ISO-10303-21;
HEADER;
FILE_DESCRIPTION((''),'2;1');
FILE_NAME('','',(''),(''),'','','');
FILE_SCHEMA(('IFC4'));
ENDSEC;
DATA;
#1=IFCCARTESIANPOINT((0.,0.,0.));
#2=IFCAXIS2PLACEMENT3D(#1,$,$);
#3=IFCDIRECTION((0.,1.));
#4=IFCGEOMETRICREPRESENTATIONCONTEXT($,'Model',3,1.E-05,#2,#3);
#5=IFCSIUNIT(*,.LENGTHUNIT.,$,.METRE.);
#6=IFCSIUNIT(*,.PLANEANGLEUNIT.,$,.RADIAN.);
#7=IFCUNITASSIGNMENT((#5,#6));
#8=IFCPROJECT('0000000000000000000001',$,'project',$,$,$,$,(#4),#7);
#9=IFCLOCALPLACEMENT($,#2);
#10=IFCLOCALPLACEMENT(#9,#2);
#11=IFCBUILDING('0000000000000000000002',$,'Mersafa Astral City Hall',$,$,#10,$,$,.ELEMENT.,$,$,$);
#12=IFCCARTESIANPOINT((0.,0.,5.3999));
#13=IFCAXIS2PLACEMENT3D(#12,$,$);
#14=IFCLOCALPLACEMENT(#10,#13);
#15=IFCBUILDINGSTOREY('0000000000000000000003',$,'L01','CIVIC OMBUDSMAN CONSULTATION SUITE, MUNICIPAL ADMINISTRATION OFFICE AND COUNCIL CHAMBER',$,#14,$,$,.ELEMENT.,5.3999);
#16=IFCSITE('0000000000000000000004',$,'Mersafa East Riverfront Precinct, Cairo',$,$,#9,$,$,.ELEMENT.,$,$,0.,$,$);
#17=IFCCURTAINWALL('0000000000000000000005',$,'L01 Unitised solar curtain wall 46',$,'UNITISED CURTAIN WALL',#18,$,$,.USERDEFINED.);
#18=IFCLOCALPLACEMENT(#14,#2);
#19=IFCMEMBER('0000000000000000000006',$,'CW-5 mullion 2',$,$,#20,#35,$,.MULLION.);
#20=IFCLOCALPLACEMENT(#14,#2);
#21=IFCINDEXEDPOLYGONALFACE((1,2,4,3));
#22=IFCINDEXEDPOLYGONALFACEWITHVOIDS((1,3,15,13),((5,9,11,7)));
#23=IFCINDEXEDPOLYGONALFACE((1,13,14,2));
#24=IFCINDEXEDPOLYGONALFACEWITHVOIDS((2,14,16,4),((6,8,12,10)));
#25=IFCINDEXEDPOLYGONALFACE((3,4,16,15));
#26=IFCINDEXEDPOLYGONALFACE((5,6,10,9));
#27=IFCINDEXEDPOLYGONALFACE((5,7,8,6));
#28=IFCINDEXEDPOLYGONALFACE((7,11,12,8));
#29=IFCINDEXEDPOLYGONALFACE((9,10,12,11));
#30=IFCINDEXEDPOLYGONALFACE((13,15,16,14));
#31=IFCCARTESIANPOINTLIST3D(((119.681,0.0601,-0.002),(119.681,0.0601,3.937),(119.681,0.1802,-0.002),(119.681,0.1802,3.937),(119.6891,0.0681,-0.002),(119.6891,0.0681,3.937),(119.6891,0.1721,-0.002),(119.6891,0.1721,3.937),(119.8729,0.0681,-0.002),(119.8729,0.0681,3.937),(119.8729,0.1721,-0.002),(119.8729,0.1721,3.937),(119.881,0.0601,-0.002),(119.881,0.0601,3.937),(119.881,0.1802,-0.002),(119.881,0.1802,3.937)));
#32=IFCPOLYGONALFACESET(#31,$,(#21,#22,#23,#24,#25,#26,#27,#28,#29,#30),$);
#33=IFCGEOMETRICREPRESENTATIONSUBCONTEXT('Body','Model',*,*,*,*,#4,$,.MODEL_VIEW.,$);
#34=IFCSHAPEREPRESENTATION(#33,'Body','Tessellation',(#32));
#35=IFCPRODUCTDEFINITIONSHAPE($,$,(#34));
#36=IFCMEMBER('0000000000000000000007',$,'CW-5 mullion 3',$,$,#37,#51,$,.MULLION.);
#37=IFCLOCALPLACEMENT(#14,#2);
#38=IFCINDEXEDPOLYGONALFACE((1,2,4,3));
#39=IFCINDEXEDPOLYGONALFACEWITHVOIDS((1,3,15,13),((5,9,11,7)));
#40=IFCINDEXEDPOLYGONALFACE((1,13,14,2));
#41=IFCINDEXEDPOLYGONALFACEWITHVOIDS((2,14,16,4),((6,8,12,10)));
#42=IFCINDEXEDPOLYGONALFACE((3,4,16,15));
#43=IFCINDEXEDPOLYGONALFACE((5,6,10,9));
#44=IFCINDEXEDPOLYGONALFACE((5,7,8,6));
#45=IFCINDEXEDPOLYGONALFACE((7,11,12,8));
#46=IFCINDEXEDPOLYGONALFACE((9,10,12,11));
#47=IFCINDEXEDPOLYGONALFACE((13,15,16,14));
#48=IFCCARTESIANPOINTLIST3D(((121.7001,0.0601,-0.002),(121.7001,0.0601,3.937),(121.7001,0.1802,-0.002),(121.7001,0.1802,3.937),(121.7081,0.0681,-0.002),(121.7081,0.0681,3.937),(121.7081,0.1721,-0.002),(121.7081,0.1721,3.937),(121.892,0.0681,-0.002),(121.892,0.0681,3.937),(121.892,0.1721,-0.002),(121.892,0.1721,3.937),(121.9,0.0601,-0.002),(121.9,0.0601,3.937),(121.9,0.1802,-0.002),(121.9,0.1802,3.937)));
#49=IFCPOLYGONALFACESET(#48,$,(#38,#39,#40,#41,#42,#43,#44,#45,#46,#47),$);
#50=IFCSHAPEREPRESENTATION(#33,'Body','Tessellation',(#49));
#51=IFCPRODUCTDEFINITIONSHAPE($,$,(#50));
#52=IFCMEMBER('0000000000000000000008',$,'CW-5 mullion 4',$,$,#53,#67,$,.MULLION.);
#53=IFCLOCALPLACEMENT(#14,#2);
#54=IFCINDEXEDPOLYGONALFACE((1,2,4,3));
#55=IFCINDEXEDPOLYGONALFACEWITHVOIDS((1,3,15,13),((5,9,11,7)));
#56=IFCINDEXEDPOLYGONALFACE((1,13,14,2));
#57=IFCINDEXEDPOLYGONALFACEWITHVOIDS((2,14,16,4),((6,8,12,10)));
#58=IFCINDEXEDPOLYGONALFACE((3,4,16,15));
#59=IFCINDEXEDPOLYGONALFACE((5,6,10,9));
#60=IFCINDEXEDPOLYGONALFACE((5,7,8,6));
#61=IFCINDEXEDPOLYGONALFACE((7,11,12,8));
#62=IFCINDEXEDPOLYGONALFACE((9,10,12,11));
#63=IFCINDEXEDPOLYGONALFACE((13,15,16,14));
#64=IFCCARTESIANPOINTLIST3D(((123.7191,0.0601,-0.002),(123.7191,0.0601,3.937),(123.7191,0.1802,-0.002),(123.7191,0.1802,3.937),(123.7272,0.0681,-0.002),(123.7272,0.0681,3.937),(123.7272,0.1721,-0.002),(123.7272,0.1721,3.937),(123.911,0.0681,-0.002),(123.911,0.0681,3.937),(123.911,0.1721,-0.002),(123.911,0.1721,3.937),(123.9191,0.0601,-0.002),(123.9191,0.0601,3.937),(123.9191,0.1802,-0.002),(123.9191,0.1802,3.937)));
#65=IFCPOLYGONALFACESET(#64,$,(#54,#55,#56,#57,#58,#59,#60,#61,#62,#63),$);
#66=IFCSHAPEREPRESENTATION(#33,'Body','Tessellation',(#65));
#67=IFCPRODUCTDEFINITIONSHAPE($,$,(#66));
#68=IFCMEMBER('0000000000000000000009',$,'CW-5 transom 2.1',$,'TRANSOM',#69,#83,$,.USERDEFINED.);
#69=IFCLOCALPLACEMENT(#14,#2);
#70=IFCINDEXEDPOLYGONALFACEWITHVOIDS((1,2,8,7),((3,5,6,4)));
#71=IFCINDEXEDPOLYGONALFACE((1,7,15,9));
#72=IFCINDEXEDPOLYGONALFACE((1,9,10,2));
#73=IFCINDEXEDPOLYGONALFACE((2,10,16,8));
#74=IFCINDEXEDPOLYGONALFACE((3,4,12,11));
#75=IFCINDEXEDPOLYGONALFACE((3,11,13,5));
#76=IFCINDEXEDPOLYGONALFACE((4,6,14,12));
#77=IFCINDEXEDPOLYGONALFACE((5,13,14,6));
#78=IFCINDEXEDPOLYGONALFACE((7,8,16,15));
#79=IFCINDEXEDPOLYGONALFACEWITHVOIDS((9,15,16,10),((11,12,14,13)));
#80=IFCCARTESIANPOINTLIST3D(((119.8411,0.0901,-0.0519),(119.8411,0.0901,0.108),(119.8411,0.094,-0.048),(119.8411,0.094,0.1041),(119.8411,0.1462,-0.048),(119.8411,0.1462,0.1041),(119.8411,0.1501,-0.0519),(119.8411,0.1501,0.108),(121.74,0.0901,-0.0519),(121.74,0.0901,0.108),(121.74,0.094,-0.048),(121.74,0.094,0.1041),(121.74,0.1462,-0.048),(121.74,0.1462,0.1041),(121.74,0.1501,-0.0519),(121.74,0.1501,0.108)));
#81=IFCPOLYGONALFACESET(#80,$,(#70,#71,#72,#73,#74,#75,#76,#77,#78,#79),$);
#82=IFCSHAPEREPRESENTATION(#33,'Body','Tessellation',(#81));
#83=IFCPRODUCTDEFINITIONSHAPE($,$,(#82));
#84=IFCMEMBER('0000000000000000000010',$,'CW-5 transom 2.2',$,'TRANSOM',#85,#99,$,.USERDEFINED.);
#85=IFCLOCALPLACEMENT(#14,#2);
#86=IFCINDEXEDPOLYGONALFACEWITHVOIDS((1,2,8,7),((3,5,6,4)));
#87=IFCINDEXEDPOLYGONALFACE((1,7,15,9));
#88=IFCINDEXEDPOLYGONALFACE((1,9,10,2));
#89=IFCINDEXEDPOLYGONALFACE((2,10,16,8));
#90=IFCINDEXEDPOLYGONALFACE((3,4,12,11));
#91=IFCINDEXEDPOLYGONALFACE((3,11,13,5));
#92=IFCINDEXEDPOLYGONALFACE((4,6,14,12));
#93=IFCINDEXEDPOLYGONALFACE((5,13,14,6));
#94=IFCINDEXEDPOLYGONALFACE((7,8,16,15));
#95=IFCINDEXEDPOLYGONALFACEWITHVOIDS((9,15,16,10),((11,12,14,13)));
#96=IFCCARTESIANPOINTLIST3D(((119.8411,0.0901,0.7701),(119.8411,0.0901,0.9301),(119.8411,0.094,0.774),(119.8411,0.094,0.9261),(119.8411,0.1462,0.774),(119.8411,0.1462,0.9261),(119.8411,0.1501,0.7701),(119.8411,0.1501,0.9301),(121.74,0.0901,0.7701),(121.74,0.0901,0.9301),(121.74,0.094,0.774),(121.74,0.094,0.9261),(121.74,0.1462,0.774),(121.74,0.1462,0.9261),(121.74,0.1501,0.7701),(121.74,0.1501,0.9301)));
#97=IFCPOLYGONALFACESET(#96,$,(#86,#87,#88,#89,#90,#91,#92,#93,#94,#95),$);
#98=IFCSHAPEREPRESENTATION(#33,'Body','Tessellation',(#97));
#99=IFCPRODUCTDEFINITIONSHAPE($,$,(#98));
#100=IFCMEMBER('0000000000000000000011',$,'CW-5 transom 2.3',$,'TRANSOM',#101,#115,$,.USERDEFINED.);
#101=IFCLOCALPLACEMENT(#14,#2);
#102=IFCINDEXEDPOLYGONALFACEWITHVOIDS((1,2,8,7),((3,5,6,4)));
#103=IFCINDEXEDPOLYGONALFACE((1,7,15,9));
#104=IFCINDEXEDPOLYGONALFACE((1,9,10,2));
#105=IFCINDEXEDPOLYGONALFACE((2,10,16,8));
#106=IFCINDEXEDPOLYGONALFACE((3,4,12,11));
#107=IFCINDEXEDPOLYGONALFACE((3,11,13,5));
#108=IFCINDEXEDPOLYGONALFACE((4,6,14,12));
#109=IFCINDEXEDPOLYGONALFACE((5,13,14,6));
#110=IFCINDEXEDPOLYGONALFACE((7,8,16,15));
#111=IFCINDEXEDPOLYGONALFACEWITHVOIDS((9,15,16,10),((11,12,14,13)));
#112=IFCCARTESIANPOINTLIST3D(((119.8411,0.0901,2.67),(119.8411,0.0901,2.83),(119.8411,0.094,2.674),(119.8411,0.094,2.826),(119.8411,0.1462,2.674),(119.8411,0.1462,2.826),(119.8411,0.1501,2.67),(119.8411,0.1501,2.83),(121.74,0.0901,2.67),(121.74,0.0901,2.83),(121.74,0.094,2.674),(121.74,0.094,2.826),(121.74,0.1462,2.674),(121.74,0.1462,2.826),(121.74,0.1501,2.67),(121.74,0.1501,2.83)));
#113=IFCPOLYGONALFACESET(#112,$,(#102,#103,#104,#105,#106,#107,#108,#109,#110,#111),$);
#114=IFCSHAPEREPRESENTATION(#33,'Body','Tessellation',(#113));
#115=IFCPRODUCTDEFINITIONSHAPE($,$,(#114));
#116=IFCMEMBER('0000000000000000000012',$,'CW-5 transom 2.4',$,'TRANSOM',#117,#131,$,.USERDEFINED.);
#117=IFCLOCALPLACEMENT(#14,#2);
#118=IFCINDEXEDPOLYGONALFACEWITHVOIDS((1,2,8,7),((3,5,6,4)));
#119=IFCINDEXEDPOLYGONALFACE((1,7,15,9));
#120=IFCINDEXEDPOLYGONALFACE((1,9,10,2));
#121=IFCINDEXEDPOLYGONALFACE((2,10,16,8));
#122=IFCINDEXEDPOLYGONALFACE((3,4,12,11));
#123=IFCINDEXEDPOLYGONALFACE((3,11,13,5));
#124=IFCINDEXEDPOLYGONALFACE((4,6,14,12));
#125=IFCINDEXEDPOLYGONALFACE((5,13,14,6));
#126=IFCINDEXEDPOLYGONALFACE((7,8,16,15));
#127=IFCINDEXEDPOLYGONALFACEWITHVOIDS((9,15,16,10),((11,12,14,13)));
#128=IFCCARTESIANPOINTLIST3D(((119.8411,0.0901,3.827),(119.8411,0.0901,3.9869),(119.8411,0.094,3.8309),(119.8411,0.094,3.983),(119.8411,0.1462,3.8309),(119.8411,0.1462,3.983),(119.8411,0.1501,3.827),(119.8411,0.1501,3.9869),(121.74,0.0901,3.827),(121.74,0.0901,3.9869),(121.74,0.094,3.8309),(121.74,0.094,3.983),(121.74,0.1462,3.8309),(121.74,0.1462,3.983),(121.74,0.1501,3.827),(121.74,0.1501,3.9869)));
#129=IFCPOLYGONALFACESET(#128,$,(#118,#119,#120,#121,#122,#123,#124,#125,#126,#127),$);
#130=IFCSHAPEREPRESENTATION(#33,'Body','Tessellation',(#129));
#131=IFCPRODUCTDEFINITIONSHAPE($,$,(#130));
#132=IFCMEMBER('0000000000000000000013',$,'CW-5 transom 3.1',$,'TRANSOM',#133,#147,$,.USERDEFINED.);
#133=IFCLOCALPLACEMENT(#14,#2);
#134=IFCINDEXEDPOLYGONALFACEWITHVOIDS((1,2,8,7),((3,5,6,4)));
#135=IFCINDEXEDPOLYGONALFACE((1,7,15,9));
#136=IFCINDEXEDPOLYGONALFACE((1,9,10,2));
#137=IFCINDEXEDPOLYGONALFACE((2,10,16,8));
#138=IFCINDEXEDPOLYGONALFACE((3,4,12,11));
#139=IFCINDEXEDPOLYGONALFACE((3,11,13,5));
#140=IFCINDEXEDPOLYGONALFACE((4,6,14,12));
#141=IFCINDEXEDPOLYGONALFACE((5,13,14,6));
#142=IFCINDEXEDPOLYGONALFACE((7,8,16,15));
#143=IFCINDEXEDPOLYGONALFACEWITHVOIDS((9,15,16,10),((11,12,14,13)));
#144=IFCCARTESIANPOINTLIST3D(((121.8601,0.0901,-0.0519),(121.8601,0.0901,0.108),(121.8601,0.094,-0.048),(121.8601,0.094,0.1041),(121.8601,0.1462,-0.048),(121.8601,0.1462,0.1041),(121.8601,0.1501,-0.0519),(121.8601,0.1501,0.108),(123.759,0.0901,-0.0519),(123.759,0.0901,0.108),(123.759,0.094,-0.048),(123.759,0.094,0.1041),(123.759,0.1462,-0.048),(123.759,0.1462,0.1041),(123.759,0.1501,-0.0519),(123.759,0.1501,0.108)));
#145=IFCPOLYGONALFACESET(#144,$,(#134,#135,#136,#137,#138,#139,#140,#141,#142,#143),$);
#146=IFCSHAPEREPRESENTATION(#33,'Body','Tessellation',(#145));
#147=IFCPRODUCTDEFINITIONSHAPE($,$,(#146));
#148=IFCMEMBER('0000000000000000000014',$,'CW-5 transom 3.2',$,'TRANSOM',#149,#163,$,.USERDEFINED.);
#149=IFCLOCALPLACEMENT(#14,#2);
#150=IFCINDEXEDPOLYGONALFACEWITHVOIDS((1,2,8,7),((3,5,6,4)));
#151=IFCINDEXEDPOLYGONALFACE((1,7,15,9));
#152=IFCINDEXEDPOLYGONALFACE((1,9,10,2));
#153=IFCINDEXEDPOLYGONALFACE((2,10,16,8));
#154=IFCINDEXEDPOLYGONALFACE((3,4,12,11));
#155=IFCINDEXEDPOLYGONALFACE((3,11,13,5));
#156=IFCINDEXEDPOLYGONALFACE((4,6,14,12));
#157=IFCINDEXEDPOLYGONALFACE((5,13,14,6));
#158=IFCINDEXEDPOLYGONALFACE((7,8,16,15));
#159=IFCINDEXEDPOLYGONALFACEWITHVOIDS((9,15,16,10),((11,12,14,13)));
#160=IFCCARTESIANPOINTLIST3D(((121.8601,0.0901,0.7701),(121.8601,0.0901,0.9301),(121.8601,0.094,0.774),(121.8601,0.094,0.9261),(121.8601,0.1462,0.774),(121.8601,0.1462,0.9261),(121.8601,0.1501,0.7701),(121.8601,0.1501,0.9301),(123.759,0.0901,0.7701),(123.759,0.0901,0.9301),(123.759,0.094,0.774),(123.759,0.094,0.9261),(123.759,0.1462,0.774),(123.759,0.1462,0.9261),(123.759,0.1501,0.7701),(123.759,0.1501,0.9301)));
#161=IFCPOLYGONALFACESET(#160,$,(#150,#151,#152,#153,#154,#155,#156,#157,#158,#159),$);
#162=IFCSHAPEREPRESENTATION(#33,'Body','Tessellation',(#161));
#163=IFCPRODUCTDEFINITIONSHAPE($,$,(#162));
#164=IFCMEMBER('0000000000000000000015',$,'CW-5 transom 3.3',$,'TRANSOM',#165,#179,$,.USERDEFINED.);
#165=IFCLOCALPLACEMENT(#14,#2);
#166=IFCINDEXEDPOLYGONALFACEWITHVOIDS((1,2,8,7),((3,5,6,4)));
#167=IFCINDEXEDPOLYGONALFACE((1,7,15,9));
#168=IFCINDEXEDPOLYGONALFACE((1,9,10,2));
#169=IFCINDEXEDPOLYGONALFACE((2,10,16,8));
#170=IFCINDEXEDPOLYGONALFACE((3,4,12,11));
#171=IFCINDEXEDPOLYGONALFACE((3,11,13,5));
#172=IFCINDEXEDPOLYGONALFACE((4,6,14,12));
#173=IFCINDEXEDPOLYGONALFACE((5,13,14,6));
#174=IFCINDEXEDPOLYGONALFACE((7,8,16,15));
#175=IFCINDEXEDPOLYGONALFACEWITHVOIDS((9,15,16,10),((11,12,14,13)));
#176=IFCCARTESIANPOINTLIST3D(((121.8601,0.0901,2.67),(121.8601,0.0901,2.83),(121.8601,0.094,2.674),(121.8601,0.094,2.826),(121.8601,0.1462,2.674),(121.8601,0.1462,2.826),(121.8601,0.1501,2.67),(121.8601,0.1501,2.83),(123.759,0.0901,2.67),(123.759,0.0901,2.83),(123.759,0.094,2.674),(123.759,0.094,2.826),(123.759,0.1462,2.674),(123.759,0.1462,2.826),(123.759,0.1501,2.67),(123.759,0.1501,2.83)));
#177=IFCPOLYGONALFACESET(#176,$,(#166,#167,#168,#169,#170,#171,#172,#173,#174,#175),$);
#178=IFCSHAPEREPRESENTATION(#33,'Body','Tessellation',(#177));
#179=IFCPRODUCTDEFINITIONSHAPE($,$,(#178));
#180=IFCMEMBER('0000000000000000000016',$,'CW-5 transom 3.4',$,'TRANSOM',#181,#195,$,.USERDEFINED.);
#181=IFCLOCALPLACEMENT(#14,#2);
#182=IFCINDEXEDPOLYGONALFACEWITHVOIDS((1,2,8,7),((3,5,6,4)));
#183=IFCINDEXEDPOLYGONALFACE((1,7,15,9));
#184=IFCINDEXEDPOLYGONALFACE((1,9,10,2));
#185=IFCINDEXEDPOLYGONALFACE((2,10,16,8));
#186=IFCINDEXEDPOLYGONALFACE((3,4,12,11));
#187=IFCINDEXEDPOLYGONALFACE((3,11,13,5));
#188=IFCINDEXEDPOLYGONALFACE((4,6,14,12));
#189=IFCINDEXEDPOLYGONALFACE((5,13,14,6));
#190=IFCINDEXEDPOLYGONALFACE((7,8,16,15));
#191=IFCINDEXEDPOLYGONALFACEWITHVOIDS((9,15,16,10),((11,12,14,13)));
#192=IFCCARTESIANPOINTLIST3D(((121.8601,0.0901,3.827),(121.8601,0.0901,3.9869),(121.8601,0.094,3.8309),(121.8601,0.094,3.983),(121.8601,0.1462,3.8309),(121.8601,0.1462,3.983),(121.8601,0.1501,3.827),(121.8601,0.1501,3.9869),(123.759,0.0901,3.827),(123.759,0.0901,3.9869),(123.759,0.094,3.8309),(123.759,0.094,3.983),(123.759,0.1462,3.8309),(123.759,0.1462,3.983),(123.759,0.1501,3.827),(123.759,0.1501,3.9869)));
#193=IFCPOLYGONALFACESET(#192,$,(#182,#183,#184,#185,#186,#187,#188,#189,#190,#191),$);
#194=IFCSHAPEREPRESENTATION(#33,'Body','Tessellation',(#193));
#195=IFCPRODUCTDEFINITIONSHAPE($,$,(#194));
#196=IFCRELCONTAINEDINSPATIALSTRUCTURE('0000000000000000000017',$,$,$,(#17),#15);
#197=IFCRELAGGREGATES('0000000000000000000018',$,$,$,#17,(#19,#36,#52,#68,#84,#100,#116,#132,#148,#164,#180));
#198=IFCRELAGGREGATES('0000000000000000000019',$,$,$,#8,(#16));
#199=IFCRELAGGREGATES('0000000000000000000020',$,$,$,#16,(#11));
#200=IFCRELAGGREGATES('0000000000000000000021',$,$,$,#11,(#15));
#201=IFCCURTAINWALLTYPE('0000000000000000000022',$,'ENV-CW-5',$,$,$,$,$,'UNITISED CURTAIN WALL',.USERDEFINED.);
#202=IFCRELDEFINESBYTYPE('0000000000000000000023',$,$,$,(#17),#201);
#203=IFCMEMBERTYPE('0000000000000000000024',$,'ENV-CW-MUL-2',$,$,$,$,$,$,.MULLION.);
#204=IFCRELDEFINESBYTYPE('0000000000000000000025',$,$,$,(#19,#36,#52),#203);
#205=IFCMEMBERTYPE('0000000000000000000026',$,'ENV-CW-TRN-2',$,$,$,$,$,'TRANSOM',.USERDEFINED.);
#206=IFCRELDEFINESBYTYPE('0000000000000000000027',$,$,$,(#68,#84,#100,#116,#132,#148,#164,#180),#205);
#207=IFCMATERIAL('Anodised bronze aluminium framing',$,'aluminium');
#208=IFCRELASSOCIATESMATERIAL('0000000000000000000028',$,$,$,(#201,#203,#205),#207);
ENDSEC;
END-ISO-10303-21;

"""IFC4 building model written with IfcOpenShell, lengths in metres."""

from ifc_helpers import new_model, si_unit, direction, frame, origin, origin_2d, place, context, subcontext, project, spatial, hollow_rectangle, extrude, material, material_profile, profile_set, type_object, element, aggregate, save


model = new_model("IFC4")

# Units and contexts
model_context = context("Model", 3, precision=1e-05, world=origin(), true_north=direction((0.0, 1.0)))
body_context = subcontext(model_context, "Body", "Model", "MODEL_VIEW")
ifc_project = project(units=[si_unit("LENGTHUNIT", "METRE"), si_unit("PLANEANGLEUNIT", "RADIAN")], contexts=[model_context])

# Site, building, storey
site_placement = place(None, origin())
site = spatial("IfcSite", under=ifc_project, at=site_placement, Name="Mersafa East Riverfront Precinct, Cairo", CompositionType="ELEMENT", RefElevation=0.0)
building_placement = place(site_placement, origin())
building = spatial("IfcBuilding", under=site, at=building_placement, Name="Mersafa Astral City Hall", CompositionType="ELEMENT")
storey_placement = place(building_placement, frame((0.0, 0.0, 5.3999)))
storey = spatial("IfcBuildingStorey", under=building, at=storey_placement, Name="L01", Description="CIVIC OMBUDSMAN CONSULTATION SUITE, MUNICIPAL ADMINISTRATION OFFICE AND COUNCIL CHAMBER", CompositionType="ELEMENT", Elevation=5.3999)

# Curtain wall, members
ifc_material_1 = material(Name="Anodised bronze aluminium framing", Category="aluminium")
curtain_wall_type = type_object("IfcCurtainWallType", Name="ENV-CW-5", ElementType="UNITISED CURTAIN WALL", PredefinedType="USERDEFINED", material=ifc_material_1)
curtain_wall_placement = place(storey_placement, origin())
curtain_wall = element("IfcCurtainWall", 1, at=curtain_wall_placement, inside=storey, type_object=curtain_wall_type, Name="L01 Unitised solar curtain wall 46", ObjectType="UNITISED CURTAIN WALL", PredefinedType="USERDEFINED")
ifc_material_profile_1 = material_profile(ifc_material_1, hollow_rectangle(XDim=0.1201, YDim=0.2, WallThickness=0.0081, at=origin_2d()), Name="RHS 120x200x8")
ifc_profile_set_1 = profile_set([ifc_material_profile_1], Name="Anodised bronze aluminium framing")
member_type_1 = type_object("IfcMemberType", Name="ENV-CW-MUL-2", PredefinedType="MULLION", material=ifc_profile_set_1)
member_1_placement = place(storey_placement, frame((119.781, 0.1201, -0.002), z_axis=(0.0, 0.0, 1.0), x_axis=(0.0, 1.0, 0.0)))
member_1 = element("IfcMember", 2, at=member_1_placement, type_object=member_type_1, Name="CW-5 mullion 2", PredefinedType="MULLION", context=body_context, shape_type="SweptSolid", body=[
    extrude(hollow_rectangle(XDim=0.1201, YDim=0.2, WallThickness=0.0081, at=origin_2d()), origin(), (0.0, 0.0, 1.0), 3.939),
])
member_2_placement = place(storey_placement, frame((121.8, 0.1201, -0.002), z_axis=(0.0, 0.0, 1.0), x_axis=(0.0, 1.0, 0.0)))
member_2 = element("IfcMember", 3, at=member_2_placement, type_object=member_type_1, Name="CW-5 mullion 3", PredefinedType="MULLION", context=body_context, shape_type="SweptSolid", body=[
    extrude(hollow_rectangle(XDim=0.1201, YDim=0.2, WallThickness=0.0081, at=origin_2d()), origin(), (0.0, 0.0, 1.0), 3.939),
])
member_3_placement = place(storey_placement, frame((123.8191, 0.1201, -0.002), z_axis=(0.0, 0.0, 1.0), x_axis=(0.0, 1.0, 0.0)))
member_3 = element("IfcMember", 4, at=member_3_placement, type_object=member_type_1, Name="CW-5 mullion 4", PredefinedType="MULLION", context=body_context, shape_type="SweptSolid", body=[
    extrude(hollow_rectangle(XDim=0.1201, YDim=0.2, WallThickness=0.0081, at=origin_2d()), origin(), (0.0, 0.0, 1.0), 3.939),
])
ifc_material_profile_2 = material_profile(ifc_material_1, hollow_rectangle(XDim=0.0601, YDim=0.1599, WallThickness=0.0039, at=origin_2d()), Name="RHS 60x160x4")
ifc_profile_set_2 = profile_set([ifc_material_profile_2], Name="Anodised bronze aluminium framing")
member_type_2 = type_object("IfcMemberType", Name="ENV-CW-TRN-2", ElementType="TRANSOM", PredefinedType="USERDEFINED", material=ifc_profile_set_2)
member_4_placement = place(storey_placement, frame((119.8411, 0.1201, 0.0281), z_axis=(1.0, 0.0, 0.0), x_axis=(0.0, 1.0, 0.0)))
member_4 = element("IfcMember", 5, at=member_4_placement, type_object=member_type_2, Name="CW-5 transom 2.1", ObjectType="TRANSOM", PredefinedType="USERDEFINED", context=body_context, shape_type="SweptSolid", body=[
    extrude(hollow_rectangle(XDim=0.0601, YDim=0.1599, WallThickness=0.0039, at=origin_2d()), origin(), (0.0, 0.0, 1.0), 1.8989),
])
member_5_placement = place(storey_placement, frame((119.8411, 0.1201, 0.8501), z_axis=(1.0, 0.0, 0.0), x_axis=(0.0, 1.0, 0.0)))
member_5 = element("IfcMember", 6, at=member_5_placement, type_object=member_type_2, Name="CW-5 transom 2.2", ObjectType="TRANSOM", PredefinedType="USERDEFINED", context=body_context, shape_type="SweptSolid", body=[
    extrude(hollow_rectangle(XDim=0.0601, YDim=0.1599, WallThickness=0.0039, at=origin_2d()), origin(), (0.0, 0.0, 1.0), 1.8989),
])
member_6_placement = place(storey_placement, frame((119.8411, 0.1201, 2.75), z_axis=(1.0, 0.0, 0.0), x_axis=(0.0, 1.0, 0.0)))
member_6 = element("IfcMember", 7, at=member_6_placement, type_object=member_type_2, Name="CW-5 transom 2.3", ObjectType="TRANSOM", PredefinedType="USERDEFINED", context=body_context, shape_type="SweptSolid", body=[
    extrude(hollow_rectangle(XDim=0.0601, YDim=0.1599, WallThickness=0.0039, at=origin_2d()), origin(), (0.0, 0.0, 1.0), 1.8989),
])
member_7_placement = place(storey_placement, frame((119.8411, 0.1201, 3.907), z_axis=(1.0, 0.0, 0.0), x_axis=(0.0, 1.0, 0.0)))
member_7 = element("IfcMember", 8, at=member_7_placement, type_object=member_type_2, Name="CW-5 transom 2.4", ObjectType="TRANSOM", PredefinedType="USERDEFINED", context=body_context, shape_type="SweptSolid", body=[
    extrude(hollow_rectangle(XDim=0.0601, YDim=0.1599, WallThickness=0.0039, at=origin_2d()), origin(), (0.0, 0.0, 1.0), 1.8989),
])
member_8_placement = place(storey_placement, frame((121.8601, 0.1201, 0.0281), z_axis=(1.0, 0.0, 0.0), x_axis=(0.0, 1.0, 0.0)))
member_8 = element("IfcMember", 9, at=member_8_placement, type_object=member_type_2, Name="CW-5 transom 3.1", ObjectType="TRANSOM", PredefinedType="USERDEFINED", context=body_context, shape_type="SweptSolid", body=[
    extrude(hollow_rectangle(XDim=0.0601, YDim=0.1599, WallThickness=0.0039, at=origin_2d()), origin(), (0.0, 0.0, 1.0), 1.8989),
])
member_9_placement = place(storey_placement, frame((121.8601, 0.1201, 0.8501), z_axis=(1.0, 0.0, 0.0), x_axis=(0.0, 1.0, 0.0)))
member_9 = element("IfcMember", 10, at=member_9_placement, type_object=member_type_2, Name="CW-5 transom 3.2", ObjectType="TRANSOM", PredefinedType="USERDEFINED", context=body_context, shape_type="SweptSolid", body=[
    extrude(hollow_rectangle(XDim=0.0601, YDim=0.1599, WallThickness=0.0039, at=origin_2d()), origin(), (0.0, 0.0, 1.0), 1.8989),
])
member_10_placement = place(storey_placement, frame((121.8601, 0.1201, 2.75), z_axis=(1.0, 0.0, 0.0), x_axis=(0.0, 1.0, 0.0)))
member_10 = element("IfcMember", 11, at=member_10_placement, type_object=member_type_2, Name="CW-5 transom 3.3", ObjectType="TRANSOM", PredefinedType="USERDEFINED", context=body_context, shape_type="SweptSolid", body=[
    extrude(hollow_rectangle(XDim=0.0601, YDim=0.1599, WallThickness=0.0039, at=origin_2d()), origin(), (0.0, 0.0, 1.0), 1.8989),
])
member_11_placement = place(storey_placement, frame((121.8601, 0.1201, 3.907), z_axis=(1.0, 0.0, 0.0), x_axis=(0.0, 1.0, 0.0)))
member_11 = element("IfcMember", 12, at=member_11_placement, type_object=member_type_2, Name="CW-5 transom 3.4", ObjectType="TRANSOM", PredefinedType="USERDEFINED", context=body_context, shape_type="SweptSolid", body=[
    extrude(hollow_rectangle(XDim=0.0601, YDim=0.1599, WallThickness=0.0039, at=origin_2d()), origin(), (0.0, 0.0, 1.0), 1.8989),
])

aggregate(curtain_wall, [member_1, member_2, member_3, member_4, member_5, member_6, member_7, member_8, member_9, member_10, member_11])

save(model, "model.ifc")
